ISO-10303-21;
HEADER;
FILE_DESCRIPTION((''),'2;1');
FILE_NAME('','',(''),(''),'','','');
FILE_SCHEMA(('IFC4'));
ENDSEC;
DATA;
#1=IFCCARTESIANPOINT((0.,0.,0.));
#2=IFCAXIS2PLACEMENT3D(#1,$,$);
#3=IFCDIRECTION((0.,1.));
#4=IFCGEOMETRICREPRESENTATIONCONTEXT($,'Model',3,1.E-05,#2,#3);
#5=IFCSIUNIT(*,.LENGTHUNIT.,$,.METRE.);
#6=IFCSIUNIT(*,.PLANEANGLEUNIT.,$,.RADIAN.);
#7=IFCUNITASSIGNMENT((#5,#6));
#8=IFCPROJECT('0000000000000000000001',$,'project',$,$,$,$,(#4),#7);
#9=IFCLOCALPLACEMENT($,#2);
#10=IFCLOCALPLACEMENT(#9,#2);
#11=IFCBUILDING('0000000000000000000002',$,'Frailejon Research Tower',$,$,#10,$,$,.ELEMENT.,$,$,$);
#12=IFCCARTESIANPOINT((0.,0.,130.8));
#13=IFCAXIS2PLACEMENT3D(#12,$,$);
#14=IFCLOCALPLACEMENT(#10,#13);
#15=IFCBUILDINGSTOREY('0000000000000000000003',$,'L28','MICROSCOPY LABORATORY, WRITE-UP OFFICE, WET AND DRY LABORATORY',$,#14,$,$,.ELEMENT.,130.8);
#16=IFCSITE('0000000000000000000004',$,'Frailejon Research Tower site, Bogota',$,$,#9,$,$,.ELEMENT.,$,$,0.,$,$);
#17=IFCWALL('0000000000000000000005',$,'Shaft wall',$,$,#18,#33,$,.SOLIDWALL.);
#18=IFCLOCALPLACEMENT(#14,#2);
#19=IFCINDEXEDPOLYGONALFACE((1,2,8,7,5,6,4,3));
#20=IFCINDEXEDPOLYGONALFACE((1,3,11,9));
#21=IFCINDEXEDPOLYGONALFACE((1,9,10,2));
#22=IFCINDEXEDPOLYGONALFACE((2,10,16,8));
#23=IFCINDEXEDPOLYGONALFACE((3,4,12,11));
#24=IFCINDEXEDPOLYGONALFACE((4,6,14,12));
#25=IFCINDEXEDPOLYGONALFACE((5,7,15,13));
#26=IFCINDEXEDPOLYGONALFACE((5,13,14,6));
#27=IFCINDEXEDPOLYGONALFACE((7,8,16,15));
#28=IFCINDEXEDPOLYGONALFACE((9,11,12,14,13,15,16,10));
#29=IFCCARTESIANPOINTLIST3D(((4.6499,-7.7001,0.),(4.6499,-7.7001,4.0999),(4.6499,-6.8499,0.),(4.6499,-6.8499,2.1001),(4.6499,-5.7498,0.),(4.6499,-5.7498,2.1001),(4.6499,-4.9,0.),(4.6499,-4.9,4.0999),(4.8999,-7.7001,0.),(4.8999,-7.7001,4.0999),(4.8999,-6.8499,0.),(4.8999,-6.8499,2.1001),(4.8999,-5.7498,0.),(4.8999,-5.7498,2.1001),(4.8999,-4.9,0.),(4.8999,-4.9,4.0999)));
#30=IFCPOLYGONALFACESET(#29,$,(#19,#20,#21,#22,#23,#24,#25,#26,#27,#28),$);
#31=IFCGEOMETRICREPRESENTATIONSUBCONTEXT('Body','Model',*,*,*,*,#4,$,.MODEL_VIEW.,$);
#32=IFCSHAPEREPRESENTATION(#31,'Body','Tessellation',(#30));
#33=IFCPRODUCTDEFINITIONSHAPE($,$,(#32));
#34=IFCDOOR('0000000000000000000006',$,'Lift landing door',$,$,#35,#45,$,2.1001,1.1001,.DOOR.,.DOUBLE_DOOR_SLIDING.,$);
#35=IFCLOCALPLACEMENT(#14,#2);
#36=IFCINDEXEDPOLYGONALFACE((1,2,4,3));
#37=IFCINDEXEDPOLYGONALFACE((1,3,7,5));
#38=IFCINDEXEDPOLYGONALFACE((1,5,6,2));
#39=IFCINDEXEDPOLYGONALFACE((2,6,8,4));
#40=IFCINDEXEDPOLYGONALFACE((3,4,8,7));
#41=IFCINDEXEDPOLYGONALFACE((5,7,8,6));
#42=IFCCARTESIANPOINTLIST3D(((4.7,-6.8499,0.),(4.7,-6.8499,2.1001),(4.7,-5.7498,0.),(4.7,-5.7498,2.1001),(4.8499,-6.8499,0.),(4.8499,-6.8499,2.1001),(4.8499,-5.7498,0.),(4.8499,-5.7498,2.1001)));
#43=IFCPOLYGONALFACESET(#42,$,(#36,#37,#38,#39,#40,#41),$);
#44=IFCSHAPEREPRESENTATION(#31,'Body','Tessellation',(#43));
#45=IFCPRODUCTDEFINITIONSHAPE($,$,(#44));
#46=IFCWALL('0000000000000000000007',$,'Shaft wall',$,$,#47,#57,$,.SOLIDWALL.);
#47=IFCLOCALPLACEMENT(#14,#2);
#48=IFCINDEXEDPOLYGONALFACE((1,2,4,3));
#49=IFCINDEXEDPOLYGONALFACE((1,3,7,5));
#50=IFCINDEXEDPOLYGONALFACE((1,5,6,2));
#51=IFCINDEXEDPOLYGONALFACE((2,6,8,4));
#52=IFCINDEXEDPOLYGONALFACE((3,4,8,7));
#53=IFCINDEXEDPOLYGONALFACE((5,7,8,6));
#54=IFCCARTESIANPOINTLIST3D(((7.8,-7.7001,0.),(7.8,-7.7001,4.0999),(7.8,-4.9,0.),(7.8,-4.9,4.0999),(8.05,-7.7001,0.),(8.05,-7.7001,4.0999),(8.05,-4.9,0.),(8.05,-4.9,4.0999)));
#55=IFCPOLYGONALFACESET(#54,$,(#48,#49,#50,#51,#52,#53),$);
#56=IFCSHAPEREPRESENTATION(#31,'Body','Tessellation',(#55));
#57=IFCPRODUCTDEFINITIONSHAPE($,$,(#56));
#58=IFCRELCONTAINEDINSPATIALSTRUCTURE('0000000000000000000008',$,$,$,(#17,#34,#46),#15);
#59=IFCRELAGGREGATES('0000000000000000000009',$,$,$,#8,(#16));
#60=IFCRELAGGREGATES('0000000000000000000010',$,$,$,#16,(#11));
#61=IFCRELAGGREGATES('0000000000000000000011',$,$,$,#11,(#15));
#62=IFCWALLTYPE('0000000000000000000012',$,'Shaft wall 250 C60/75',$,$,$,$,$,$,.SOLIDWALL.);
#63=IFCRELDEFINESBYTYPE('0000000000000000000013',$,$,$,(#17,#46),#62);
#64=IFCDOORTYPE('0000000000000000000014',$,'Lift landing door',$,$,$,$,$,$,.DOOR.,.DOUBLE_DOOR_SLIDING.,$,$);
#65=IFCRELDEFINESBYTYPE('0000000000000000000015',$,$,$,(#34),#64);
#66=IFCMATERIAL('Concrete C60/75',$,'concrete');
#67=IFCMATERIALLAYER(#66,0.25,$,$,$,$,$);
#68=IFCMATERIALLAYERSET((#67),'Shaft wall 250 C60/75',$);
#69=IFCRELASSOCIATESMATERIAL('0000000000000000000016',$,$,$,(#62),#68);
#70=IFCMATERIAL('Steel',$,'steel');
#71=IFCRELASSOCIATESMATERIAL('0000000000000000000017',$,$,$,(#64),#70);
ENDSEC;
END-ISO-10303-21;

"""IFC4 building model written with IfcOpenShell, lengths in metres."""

from ifc_helpers import new_model, si_unit, direction, frame, frame_2d, origin, place, context, subcontext, project, spatial, rectangle, extrude, material, layer, layer_set, type_object, element, fill, save


model = new_model("IFC4")

# Units and contexts
model_context = context("Model", 3, precision=1e-05, world=origin(), true_north=direction((0.0, 1.0)))
body_context = subcontext(model_context, "Body", "Model", "MODEL_VIEW")
ifc_project = project(units=[si_unit("LENGTHUNIT", "METRE"), si_unit("PLANEANGLEUNIT", "RADIAN")], contexts=[model_context])

# Site, building, storey
site_placement = place(None, origin())
site = spatial("IfcSite", under=ifc_project, at=site_placement, Name="Frailejon Research Tower site, Bogota", CompositionType="ELEMENT", RefElevation=0.0)
building_placement = place(site_placement, origin())
building = spatial("IfcBuilding", under=site, at=building_placement, Name="Frailejon Research Tower", CompositionType="ELEMENT")
storey_placement = place(building_placement, frame((0.0, 0.0, 130.8)))
storey = spatial("IfcBuildingStorey", under=building, at=storey_placement, Name="L28", Description="MICROSCOPY LABORATORY, WRITE-UP OFFICE, WET AND DRY LABORATORY", CompositionType="ELEMENT", Elevation=130.8)

# Shared definitions
ifc_material_1 = material(Name="Concrete C60/75", Category="concrete")
ifc_layer_1 = layer(ifc_material_1, 0.25)
ifc_layer_set_1 = layer_set([ifc_layer_1], Name="Shaft wall 250 C60/75")
wall_type_1 = type_object("IfcWallType", Name="Shaft wall 250 C60/75", PredefinedType="SOLIDWALL", material=ifc_layer_set_1)

# Wall, opening, door
wall_1_placement = place(storey_placement, frame((4.7749, -7.7, 0.0), z_axis=(0.0, 0.0, 1.0), x_axis=(0.0, 1.0, 0.0)))
wall_1 = element("IfcWall", 1, at=wall_1_placement, inside=storey, type_object=wall_type_1, Name="Shaft wall", PredefinedType="SOLIDWALL", context=body_context, shape_type="SweptSolid", body=[
    extrude(rectangle(XDim=2.8, YDim=0.25, at=frame_2d((1.3999, 0.0))), origin(), (0.0, 0.0, 1.0), 4.0999),
])
opening_1_placement = place(wall_1_placement, frame((0.8501, 0.0, 0.0)))
opening_1 = element("IfcOpeningElement", 2, at=opening_1_placement, cuts=wall_1, PredefinedType="OPENING", context=body_context, shape_type="SweptSolid", body=[
    extrude(rectangle(XDim=1.1001, YDim=2.1001, at=frame_2d((0.55, 1.05))), frame((0.0, 0.135, 0.0), z_axis=(0.0, -1.0, 0.0), x_axis=(1.0, 0.0, 0.0)), (0.0, 0.0, 1.0), 0.27),
])
ifc_material_2 = material(Name="Steel", Category="steel")
door_type_1 = type_object("IfcDoorType", Name="Lift landing door", OperationType="DOUBLE_DOOR_SLIDING", PredefinedType="DOOR", material=ifc_material_2)
door_1_placement = place(opening_1_placement, origin())
door_1 = element("IfcDoor", 3, at=door_1_placement, inside=storey, type_object=door_type_1, Name="Lift landing door", OperationType="DOUBLE_DOOR_SLIDING", OverallHeight=2.1001, OverallWidth=1.1001, PredefinedType="DOOR", context=body_context, shape_type="SweptSolid", body=[
    extrude(rectangle(XDim=1.1001, YDim=2.1001, at=frame_2d((0.55, 1.05))), frame((0.0, 0.075, 0.0), z_axis=(0.0, -1.0, 0.0), x_axis=(1.0, 0.0, 0.0)), (0.0, 0.0, 1.0), 0.1499),
])
fill(opening_1, door_1)

# Wall
wall_2_placement = place(storey_placement, frame((7.925, -7.7, 0.0), z_axis=(0.0, 0.0, 1.0), x_axis=(0.0, 1.0, 0.0)))
element("IfcWall", 4, at=wall_2_placement, inside=storey, type_object=wall_type_1, Name="Shaft wall", PredefinedType="SOLIDWALL", context=body_context, shape_type="SweptSolid", body=[
    extrude(rectangle(XDim=2.8, YDim=0.25, at=frame_2d((1.3999, 0.0))), origin(), (0.0, 0.0, 1.0), 4.0999),
])

save(model, "model.ifc")
